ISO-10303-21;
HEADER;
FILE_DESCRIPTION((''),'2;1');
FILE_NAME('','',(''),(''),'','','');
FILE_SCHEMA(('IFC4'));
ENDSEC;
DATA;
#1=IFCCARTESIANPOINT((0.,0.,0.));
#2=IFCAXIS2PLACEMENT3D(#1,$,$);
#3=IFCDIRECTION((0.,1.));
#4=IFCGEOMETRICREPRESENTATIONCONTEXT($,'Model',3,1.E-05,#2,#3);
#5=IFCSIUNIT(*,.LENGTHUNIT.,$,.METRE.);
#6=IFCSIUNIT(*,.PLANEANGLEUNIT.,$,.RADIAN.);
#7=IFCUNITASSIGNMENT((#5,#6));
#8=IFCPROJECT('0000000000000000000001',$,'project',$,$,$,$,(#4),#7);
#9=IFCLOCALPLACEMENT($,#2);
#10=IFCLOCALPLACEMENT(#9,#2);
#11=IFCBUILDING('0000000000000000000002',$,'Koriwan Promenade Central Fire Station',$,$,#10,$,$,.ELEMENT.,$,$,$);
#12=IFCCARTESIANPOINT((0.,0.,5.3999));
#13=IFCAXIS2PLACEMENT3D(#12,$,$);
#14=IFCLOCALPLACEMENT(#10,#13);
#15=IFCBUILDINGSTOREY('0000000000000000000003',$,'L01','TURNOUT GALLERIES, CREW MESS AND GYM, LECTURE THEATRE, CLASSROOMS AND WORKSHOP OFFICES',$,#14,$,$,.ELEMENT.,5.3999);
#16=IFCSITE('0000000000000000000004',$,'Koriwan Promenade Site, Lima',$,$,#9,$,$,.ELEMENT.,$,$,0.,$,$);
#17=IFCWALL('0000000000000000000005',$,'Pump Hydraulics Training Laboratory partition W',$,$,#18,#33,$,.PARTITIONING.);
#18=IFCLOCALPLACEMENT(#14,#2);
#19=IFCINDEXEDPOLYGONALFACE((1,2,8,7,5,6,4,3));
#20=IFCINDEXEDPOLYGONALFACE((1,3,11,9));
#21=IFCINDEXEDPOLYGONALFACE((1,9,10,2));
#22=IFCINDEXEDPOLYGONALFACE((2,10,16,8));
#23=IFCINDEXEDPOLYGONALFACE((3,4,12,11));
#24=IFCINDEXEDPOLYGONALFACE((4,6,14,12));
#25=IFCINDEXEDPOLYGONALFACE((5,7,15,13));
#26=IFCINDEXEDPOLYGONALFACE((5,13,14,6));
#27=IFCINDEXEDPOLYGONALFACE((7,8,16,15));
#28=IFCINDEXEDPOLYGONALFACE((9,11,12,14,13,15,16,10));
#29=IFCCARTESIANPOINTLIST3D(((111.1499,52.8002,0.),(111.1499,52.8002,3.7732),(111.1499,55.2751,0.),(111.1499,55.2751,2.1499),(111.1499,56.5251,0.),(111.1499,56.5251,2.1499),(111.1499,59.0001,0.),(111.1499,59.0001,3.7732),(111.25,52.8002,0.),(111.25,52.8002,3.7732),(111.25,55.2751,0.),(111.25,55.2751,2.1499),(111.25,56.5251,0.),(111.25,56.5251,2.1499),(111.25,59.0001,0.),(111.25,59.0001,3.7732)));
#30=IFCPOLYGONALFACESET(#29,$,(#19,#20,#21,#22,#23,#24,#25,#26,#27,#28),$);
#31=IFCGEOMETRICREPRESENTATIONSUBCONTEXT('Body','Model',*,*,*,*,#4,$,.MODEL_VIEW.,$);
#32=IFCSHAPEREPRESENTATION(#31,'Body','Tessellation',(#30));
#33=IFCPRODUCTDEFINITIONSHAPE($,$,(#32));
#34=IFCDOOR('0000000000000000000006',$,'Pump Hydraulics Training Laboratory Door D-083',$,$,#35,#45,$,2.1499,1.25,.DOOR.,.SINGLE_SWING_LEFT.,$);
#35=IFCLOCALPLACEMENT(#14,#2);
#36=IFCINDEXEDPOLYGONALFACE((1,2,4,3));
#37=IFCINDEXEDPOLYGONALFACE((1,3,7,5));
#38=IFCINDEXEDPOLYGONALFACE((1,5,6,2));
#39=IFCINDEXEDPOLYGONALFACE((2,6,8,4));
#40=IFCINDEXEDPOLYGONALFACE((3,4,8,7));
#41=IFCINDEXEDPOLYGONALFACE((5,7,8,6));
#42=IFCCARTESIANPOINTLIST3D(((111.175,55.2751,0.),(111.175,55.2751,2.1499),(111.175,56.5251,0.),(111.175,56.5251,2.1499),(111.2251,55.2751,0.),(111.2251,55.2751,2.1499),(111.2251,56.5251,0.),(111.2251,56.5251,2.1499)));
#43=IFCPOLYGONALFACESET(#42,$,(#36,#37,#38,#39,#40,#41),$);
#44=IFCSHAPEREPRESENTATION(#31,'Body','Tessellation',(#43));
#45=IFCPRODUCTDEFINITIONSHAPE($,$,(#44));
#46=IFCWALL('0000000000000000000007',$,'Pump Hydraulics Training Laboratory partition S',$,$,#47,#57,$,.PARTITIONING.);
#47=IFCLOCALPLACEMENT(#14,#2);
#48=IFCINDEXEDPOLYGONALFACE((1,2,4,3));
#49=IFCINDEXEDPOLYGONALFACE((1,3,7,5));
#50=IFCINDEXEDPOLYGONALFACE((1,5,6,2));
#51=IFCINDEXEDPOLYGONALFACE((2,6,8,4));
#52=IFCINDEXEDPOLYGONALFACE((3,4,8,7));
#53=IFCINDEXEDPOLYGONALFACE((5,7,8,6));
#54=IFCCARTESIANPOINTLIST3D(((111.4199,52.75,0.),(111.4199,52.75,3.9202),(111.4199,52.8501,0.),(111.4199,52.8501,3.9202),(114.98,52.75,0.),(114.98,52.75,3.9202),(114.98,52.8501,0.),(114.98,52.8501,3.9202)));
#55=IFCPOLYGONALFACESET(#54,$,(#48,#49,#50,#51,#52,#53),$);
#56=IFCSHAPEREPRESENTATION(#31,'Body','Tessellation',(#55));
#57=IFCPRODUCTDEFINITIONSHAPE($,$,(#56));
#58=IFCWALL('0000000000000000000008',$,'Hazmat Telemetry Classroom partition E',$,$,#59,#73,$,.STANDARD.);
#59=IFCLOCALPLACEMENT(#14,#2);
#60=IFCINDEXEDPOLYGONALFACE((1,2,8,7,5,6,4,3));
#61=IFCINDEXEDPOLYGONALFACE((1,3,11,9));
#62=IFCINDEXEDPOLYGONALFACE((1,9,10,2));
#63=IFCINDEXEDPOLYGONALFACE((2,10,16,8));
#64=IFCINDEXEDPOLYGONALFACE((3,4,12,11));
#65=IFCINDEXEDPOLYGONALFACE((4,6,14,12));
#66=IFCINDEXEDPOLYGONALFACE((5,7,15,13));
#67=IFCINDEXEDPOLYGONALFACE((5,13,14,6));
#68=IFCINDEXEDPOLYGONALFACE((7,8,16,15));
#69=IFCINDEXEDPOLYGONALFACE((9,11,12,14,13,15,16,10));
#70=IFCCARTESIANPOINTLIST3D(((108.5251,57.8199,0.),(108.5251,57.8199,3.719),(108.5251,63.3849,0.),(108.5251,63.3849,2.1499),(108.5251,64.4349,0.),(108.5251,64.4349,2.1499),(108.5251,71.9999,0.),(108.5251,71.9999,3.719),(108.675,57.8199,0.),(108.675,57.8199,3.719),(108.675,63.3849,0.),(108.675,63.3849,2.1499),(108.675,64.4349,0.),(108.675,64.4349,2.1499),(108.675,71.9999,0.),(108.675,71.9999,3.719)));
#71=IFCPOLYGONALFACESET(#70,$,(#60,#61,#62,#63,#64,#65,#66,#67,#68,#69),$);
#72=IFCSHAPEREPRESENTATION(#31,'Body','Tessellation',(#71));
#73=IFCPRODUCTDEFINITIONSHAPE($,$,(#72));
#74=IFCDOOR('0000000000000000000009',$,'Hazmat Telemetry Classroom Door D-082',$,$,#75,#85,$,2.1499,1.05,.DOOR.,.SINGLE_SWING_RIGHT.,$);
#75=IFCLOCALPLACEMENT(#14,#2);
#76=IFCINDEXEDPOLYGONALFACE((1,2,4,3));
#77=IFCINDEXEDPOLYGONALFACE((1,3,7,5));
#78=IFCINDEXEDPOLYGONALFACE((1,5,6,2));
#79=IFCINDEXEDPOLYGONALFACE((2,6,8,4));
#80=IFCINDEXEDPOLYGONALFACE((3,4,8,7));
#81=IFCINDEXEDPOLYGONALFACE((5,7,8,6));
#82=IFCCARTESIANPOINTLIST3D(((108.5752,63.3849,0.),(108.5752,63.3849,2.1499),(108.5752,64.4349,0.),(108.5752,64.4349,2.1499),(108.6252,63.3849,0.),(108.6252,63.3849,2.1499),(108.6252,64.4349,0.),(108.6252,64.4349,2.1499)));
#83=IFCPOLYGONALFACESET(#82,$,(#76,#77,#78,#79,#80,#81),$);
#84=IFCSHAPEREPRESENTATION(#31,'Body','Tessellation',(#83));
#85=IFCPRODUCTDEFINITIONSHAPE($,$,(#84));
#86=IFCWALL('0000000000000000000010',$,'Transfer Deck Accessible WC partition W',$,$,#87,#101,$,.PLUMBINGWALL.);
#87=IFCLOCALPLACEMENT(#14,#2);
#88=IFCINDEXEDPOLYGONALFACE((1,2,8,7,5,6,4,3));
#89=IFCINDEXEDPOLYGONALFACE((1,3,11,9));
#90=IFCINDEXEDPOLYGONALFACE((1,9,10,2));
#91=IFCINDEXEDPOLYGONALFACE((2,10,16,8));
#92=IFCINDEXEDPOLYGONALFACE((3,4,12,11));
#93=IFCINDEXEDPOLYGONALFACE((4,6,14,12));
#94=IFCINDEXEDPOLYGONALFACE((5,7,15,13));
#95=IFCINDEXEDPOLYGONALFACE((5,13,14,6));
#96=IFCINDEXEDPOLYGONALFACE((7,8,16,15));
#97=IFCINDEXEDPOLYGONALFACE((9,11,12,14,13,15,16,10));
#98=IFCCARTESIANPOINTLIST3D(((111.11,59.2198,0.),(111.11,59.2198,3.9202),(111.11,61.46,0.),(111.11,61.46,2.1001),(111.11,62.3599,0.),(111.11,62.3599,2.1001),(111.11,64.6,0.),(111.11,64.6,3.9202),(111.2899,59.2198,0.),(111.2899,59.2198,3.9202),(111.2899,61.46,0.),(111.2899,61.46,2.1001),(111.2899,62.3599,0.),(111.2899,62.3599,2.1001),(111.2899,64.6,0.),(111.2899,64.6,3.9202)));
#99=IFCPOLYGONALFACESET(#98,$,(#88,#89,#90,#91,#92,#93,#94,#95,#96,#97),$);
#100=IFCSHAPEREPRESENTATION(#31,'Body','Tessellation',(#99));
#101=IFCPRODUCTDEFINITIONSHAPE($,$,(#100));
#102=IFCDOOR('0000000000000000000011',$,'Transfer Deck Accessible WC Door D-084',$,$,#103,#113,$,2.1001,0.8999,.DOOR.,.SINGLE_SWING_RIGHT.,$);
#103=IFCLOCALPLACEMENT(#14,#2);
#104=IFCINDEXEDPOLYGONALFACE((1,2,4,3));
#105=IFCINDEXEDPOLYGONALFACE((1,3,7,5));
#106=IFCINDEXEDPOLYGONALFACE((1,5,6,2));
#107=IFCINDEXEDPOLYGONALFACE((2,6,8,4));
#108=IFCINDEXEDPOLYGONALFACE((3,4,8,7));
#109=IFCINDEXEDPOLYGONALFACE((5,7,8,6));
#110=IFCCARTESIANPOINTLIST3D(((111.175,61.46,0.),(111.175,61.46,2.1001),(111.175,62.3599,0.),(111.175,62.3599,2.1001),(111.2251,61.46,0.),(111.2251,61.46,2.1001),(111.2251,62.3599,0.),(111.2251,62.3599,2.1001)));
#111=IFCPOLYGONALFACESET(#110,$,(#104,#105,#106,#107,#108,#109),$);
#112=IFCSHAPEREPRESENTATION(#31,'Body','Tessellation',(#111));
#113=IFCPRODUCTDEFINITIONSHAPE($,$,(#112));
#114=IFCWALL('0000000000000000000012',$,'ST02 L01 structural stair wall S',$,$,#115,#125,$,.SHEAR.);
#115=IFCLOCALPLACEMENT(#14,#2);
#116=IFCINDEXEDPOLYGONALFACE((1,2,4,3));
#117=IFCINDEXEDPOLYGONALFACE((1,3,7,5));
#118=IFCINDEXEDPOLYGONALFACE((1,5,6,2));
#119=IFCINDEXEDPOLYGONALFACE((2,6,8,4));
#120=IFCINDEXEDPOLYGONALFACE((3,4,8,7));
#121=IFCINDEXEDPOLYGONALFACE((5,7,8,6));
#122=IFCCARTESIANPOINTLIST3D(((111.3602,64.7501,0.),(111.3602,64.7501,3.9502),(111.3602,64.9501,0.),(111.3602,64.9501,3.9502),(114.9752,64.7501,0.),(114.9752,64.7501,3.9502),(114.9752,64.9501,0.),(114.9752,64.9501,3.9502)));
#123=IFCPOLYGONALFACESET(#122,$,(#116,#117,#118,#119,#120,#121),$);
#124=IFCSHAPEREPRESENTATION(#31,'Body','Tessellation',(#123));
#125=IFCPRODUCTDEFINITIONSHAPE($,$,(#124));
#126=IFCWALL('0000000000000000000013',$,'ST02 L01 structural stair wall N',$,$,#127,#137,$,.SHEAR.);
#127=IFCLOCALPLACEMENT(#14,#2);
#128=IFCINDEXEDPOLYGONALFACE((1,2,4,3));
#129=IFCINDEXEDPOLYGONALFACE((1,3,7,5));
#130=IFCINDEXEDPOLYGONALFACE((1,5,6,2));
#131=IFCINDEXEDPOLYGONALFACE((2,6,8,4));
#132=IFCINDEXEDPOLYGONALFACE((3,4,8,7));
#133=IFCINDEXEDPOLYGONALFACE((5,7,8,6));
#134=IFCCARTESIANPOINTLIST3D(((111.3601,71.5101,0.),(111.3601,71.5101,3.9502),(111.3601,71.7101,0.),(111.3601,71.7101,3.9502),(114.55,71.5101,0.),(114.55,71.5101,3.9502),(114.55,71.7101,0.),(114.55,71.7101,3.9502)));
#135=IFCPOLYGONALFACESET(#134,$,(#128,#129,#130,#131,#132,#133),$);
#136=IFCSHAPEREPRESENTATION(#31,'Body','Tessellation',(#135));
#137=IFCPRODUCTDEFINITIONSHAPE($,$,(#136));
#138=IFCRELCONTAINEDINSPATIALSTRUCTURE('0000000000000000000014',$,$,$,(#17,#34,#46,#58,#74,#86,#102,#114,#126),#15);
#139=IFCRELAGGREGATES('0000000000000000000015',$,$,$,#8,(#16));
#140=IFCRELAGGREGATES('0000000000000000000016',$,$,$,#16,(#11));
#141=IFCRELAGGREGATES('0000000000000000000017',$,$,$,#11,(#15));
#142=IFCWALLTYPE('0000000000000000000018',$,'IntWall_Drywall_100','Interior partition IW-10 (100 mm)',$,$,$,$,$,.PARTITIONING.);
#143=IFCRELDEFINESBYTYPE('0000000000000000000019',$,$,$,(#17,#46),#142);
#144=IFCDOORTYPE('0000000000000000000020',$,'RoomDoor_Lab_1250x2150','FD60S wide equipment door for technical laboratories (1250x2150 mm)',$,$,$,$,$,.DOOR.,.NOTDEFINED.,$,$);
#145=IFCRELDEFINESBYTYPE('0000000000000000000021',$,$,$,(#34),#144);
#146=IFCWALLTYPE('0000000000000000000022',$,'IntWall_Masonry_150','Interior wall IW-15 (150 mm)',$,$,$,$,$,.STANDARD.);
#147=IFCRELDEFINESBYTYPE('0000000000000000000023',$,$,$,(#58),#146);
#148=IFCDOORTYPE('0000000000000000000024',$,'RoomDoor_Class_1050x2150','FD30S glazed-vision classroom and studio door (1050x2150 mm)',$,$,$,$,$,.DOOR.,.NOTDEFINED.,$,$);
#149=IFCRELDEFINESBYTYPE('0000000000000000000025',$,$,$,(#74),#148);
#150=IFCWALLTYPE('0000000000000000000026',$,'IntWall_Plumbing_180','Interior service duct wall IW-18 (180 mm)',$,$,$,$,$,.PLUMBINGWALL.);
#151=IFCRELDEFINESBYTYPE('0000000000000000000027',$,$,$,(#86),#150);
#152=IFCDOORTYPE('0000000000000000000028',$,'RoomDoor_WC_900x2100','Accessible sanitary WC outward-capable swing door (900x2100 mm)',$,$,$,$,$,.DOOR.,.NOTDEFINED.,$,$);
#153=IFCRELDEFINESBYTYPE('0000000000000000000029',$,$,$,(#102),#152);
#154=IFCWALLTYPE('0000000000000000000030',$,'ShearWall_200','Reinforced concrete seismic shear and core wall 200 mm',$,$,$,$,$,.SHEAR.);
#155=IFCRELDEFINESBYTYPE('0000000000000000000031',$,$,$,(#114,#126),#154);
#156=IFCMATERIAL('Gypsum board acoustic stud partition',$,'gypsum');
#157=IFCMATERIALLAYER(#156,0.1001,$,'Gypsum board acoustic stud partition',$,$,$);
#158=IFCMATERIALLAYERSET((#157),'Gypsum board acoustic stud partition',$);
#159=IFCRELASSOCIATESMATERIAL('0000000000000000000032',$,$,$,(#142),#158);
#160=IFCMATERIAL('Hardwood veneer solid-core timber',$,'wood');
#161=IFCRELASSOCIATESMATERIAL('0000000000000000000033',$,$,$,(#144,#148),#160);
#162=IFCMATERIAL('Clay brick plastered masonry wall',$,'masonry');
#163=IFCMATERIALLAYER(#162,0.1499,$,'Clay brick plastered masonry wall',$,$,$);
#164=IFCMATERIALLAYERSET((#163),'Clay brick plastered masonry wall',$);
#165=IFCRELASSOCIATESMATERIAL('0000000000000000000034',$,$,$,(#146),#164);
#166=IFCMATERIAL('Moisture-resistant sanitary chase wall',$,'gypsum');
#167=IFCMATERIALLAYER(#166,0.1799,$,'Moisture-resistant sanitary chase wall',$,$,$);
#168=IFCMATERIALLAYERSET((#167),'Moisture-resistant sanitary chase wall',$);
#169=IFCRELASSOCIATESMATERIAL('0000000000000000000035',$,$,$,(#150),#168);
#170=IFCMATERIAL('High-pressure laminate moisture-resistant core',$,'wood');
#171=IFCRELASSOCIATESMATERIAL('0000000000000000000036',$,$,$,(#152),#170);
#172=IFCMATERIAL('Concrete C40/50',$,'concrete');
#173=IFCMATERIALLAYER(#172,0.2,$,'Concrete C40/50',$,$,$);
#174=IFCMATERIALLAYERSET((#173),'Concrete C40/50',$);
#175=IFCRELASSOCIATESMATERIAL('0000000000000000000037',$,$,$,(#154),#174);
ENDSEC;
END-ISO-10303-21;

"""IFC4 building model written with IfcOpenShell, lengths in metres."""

from ifc_helpers import new_model, si_unit, direction, frame, frame_2d, origin, place, context, subcontext, project, spatial, rectangle, extrude, material, layer, layer_set, type_object, element, fill, save


model = new_model("IFC4")

# Units and contexts
model_context = context("Model", 3, precision=1e-05, world=origin(), true_north=direction((0.0, 1.0)))
body_context = subcontext(model_context, "Body", "Model", "MODEL_VIEW")
ifc_project = project(units=[si_unit("LENGTHUNIT", "METRE"), si_unit("PLANEANGLEUNIT", "RADIAN")], contexts=[model_context])

# Site, building, storey
site_placement = place(None, origin())
site = spatial("IfcSite", under=ifc_project, at=site_placement, Name="Koriwan Promenade Site, Lima", CompositionType="ELEMENT", RefElevation=0.0)
building_placement = place(site_placement, origin())
building = spatial("IfcBuilding", under=site, at=building_placement, Name="Koriwan Promenade Central Fire Station", CompositionType="ELEMENT")
storey_placement = place(building_placement, frame((0.0, 0.0, 5.3999)))
storey = spatial("IfcBuildingStorey", under=building, at=storey_placement, Name="L01", Description="TURNOUT GALLERIES, CREW MESS AND GYM, LECTURE THEATRE, CLASSROOMS AND WORKSHOP OFFICES", CompositionType="ELEMENT", Elevation=5.3999)

# Shared definitions
ifc_material_1 = material(Name="Concrete C40/50", Category="concrete")

# Wall, opening, door
ifc_material_2 = material(Name="Gypsum board acoustic stud partition", Category="gypsum")
ifc_layer_1 = layer(ifc_material_2, 0.1001, Name="Gypsum board acoustic stud partition")
ifc_layer_set_1 = layer_set([ifc_layer_1], Name="Gypsum board acoustic stud partition")
wall_type_1 = type_object("IfcWallType", Name="IntWall_Drywall_100", Description="Interior partition IW-10 (100 mm)", PredefinedType="PARTITIONING", material=ifc_layer_set_1)
wall_1_placement = place(storey_placement, frame((111.2, 52.8, 0.0), z_axis=(0.0, 0.0, 1.0), x_axis=(0.0, 1.0, 0.0)))
wall_1 = element("IfcWall", 1, at=wall_1_placement, inside=storey, type_object=wall_type_1, Name="Pump Hydraulics Training Laboratory partition W", PredefinedType="PARTITIONING", context=body_context, shape_type="SweptSolid", body=[
    extrude(rectangle(XDim=6.2, YDim=0.1001, at=frame_2d((3.1001, 0.0))), origin(), (0.0, 0.0, 1.0), 3.7732),
])
opening_1_placement = place(wall_1_placement, frame((2.4751, 0.0, 0.0)))
opening_1 = element("IfcOpeningElement", 2, at=opening_1_placement, cuts=wall_1, PredefinedType="OPENING", context=body_context, shape_type="SweptSolid", body=[
    extrude(rectangle(XDim=1.25, YDim=2.1499, at=frame_2d((0.625, 1.075))), frame((0.0, 0.062, 0.0), z_axis=(0.0, -1.0, 0.0), x_axis=(1.0, 0.0, 0.0)), (0.0, 0.0, 1.0), 0.124),
])
ifc_material_3 = material(Name="Hardwood veneer solid-core timber", Category="wood")
door_type_1 = type_object("IfcDoorType", Name="RoomDoor_Lab_1250x2150", Description="FD60S wide equipment door for technical laboratories (1250x2150 mm)", OperationType="NOTDEFINED", PredefinedType="DOOR", material=ifc_material_3)
door_1_placement = place(opening_1_placement, origin())
door_1 = element("IfcDoor", 3, at=door_1_placement, inside=storey, type_object=door_type_1, Name="Pump Hydraulics Training Laboratory Door D-083", OperationType="SINGLE_SWING_LEFT", OverallHeight=2.1499, OverallWidth=1.25, PredefinedType="DOOR", context=body_context, shape_type="SweptSolid", body=[
    extrude(rectangle(XDim=1.25, YDim=2.1499, at=frame_2d((0.625, 1.075))), frame((0.0, 0.0249, 0.0), z_axis=(0.0, -1.0, 0.0), x_axis=(1.0, 0.0, 0.0)), (0.0, 0.0, 1.0), 0.05),
])
fill(opening_1, door_1)

# Wall
wall_2_placement = place(storey_placement, frame((111.4199, 52.8, 0.0), z_axis=(0.0, 0.0, 1.0), x_axis=(1.0, 0.0, 0.0)))
element("IfcWall", 4, at=wall_2_placement, inside=storey, type_object=wall_type_1, Name="Pump Hydraulics Training Laboratory partition S", PredefinedType="PARTITIONING", context=body_context, shape_type="SweptSolid", body=[
    extrude(rectangle(XDim=3.5601, YDim=0.1001, at=frame_2d((1.78, 0.0))), origin(), (0.0, 0.0, 1.0), 3.9202),
])

# Walls, openings, doors
ifc_material_4 = material(Name="Clay brick plastered masonry wall", Category="masonry")
ifc_layer_2 = layer(ifc_material_4, 0.1499, Name="Clay brick plastered masonry wall")
ifc_layer_set_2 = layer_set([ifc_layer_2], Name="Clay brick plastered masonry wall")
wall_type_2 = type_object("IfcWallType", Name="IntWall_Masonry_150", Description="Interior wall IW-15 (150 mm)", PredefinedType="STANDARD", material=ifc_layer_set_2)
wall_3_placement = place(storey_placement, frame((108.6001, 57.8201, 0.0), z_axis=(0.0, 0.0, 1.0), x_axis=(0.0, 1.0, 0.0)))
wall_3 = element("IfcWall", 5, at=wall_3_placement, inside=storey, type_object=wall_type_2, Name="Hazmat Telemetry Classroom partition E", PredefinedType="STANDARD", context=body_context, shape_type="SweptSolid", body=[
    extrude(rectangle(XDim=14.1799, YDim=0.1499, at=frame_2d((7.0898, 0.0))), origin(), (0.0, 0.0, 1.0), 3.719),
])
opening_2_placement = place(wall_3_placement, frame((5.5649, 0.0, 0.0)))
opening_2 = element("IfcOpeningElement", 6, at=opening_2_placement, cuts=wall_3, PredefinedType="OPENING", context=body_context, shape_type="SweptSolid", body=[
    extrude(rectangle(XDim=1.05, YDim=2.1499, at=frame_2d((0.5249, 1.075))), frame((0.0, 0.0869, 0.0), z_axis=(0.0, -1.0, 0.0), x_axis=(1.0, 0.0, 0.0)), (0.0, 0.0, 1.0), 0.1738),
])
door_type_2 = type_object("IfcDoorType", Name="RoomDoor_Class_1050x2150", Description="FD30S glazed-vision classroom and studio door (1050x2150 mm)", OperationType="NOTDEFINED", PredefinedType="DOOR", material=ifc_material_3)
door_2_placement = place(opening_2_placement, origin())
door_2 = element("IfcDoor", 7, at=door_2_placement, inside=storey, type_object=door_type_2, Name="Hazmat Telemetry Classroom Door D-082", OperationType="SINGLE_SWING_RIGHT", OverallHeight=2.1499, OverallWidth=1.05, PredefinedType="DOOR", context=body_context, shape_type="SweptSolid", body=[
    extrude(rectangle(XDim=1.05, YDim=2.1499, at=frame_2d((0.5249, 1.075))), frame((0.0, 0.0249, 0.0), z_axis=(0.0, -1.0, 0.0), x_axis=(1.0, 0.0, 0.0)), (0.0, 0.0, 1.0), 0.05),
])
fill(opening_2, door_2)
ifc_material_5 = material(Name="Moisture-resistant sanitary chase wall", Category="gypsum")
ifc_layer_3 = layer(ifc_material_5, 0.1799, Name="Moisture-resistant sanitary chase wall")
ifc_layer_set_3 = layer_set([ifc_layer_3], Name="Moisture-resistant sanitary chase wall")
wall_type_3 = type_object("IfcWallType", Name="IntWall_Plumbing_180", Description="Interior service duct wall IW-18 (180 mm)", PredefinedType="PLUMBINGWALL", material=ifc_layer_set_3)
wall_4_placement = place(storey_placement, frame((111.2, 59.22, 0.0), z_axis=(0.0, 0.0, 1.0), x_axis=(0.0, 1.0, 0.0)))
wall_4 = element("IfcWall", 8, at=wall_4_placement, inside=storey, type_object=wall_type_3, Name="Transfer Deck Accessible WC partition W", PredefinedType="PLUMBINGWALL", context=body_context, shape_type="SweptSolid", body=[
    extrude(rectangle(XDim=5.3801, YDim=0.1799, at=frame_2d((2.6899, 0.0))), origin(), (0.0, 0.0, 1.0), 3.9202),
])
opening_3_placement = place(wall_4_placement, frame((2.24, 0.0, 0.0)))
opening_3 = element("IfcOpeningElement", 9, at=opening_3_placement, cuts=wall_4, PredefinedType="OPENING", context=body_context, shape_type="SweptSolid", body=[
    extrude(rectangle(XDim=0.8999, YDim=2.1001, at=frame_2d((0.45, 1.05))), frame((0.0, 0.1021, 0.0), z_axis=(0.0, -1.0, 0.0), x_axis=(1.0, 0.0, 0.0)), (0.0, 0.0, 1.0), 0.2039),
])
ifc_material_6 = material(Name="High-pressure laminate moisture-resistant core", Category="wood")
door_type_3 = type_object("IfcDoorType", Name="RoomDoor_WC_900x2100", Description="Accessible sanitary WC outward-capable swing door (900x2100 mm)", OperationType="NOTDEFINED", PredefinedType="DOOR", material=ifc_material_6)
door_3_placement = place(opening_3_placement, origin())
door_3 = element("IfcDoor", 10, at=door_3_placement, inside=storey, type_object=door_type_3, Name="Transfer Deck Accessible WC Door D-084", OperationType="SINGLE_SWING_RIGHT", OverallHeight=2.1001, OverallWidth=0.8999, PredefinedType="DOOR", context=body_context, shape_type="SweptSolid", body=[
    extrude(rectangle(XDim=0.8999, YDim=2.1001, at=frame_2d((0.45, 1.05))), frame((0.0, 0.0249, 0.0), z_axis=(0.0, -1.0, 0.0), x_axis=(1.0, 0.0, 0.0)), (0.0, 0.0, 1.0), 0.05),
])
fill(opening_3, door_3)

# Walls
ifc_layer_4 = layer(ifc_material_1, 0.2, Name="Concrete C40/50")
ifc_layer_set_4 = layer_set([ifc_layer_4], Name="Concrete C40/50")
wall_type_4 = type_object("IfcWallType", Name="ShearWall_200", Description="Reinforced concrete seismic shear and core wall 200 mm", PredefinedType="SHEAR", material=ifc_layer_set_4)
wall_5_placement = place(storey_placement, frame((111.3601, 64.8501, 0.0), z_axis=(0.0, 0.0, 1.0), x_axis=(1.0, 0.0, 0.0)))
element("IfcWall", 11, at=wall_5_placement, inside=storey, type_object=wall_type_4, Name="ST02 L01 structural stair wall S", PredefinedType="SHEAR", context=body_context, shape_type="SweptSolid", body=[
    extrude(rectangle(XDim=3.615, YDim=0.2, at=frame_2d((1.8076, 0.0))), origin(), (0.0, 0.0, 1.0), 3.9502),
])
wall_6_placement = place(storey_placement, frame((111.3601, 71.6101, 0.0), z_axis=(0.0, 0.0, 1.0), x_axis=(1.0, 0.0, 0.0)))
element("IfcWall", 12, at=wall_6_placement, inside=storey, type_object=wall_type_4, Name="ST02 L01 structural stair wall N", PredefinedType="SHEAR", context=body_context, shape_type="SweptSolid", body=[
    extrude(rectangle(XDim=3.1899, YDim=0.2, at=frame_2d((1.595, 0.0))), origin(), (0.0, 0.0, 1.0), 3.9502),
])

save(model, "model.ifc")
